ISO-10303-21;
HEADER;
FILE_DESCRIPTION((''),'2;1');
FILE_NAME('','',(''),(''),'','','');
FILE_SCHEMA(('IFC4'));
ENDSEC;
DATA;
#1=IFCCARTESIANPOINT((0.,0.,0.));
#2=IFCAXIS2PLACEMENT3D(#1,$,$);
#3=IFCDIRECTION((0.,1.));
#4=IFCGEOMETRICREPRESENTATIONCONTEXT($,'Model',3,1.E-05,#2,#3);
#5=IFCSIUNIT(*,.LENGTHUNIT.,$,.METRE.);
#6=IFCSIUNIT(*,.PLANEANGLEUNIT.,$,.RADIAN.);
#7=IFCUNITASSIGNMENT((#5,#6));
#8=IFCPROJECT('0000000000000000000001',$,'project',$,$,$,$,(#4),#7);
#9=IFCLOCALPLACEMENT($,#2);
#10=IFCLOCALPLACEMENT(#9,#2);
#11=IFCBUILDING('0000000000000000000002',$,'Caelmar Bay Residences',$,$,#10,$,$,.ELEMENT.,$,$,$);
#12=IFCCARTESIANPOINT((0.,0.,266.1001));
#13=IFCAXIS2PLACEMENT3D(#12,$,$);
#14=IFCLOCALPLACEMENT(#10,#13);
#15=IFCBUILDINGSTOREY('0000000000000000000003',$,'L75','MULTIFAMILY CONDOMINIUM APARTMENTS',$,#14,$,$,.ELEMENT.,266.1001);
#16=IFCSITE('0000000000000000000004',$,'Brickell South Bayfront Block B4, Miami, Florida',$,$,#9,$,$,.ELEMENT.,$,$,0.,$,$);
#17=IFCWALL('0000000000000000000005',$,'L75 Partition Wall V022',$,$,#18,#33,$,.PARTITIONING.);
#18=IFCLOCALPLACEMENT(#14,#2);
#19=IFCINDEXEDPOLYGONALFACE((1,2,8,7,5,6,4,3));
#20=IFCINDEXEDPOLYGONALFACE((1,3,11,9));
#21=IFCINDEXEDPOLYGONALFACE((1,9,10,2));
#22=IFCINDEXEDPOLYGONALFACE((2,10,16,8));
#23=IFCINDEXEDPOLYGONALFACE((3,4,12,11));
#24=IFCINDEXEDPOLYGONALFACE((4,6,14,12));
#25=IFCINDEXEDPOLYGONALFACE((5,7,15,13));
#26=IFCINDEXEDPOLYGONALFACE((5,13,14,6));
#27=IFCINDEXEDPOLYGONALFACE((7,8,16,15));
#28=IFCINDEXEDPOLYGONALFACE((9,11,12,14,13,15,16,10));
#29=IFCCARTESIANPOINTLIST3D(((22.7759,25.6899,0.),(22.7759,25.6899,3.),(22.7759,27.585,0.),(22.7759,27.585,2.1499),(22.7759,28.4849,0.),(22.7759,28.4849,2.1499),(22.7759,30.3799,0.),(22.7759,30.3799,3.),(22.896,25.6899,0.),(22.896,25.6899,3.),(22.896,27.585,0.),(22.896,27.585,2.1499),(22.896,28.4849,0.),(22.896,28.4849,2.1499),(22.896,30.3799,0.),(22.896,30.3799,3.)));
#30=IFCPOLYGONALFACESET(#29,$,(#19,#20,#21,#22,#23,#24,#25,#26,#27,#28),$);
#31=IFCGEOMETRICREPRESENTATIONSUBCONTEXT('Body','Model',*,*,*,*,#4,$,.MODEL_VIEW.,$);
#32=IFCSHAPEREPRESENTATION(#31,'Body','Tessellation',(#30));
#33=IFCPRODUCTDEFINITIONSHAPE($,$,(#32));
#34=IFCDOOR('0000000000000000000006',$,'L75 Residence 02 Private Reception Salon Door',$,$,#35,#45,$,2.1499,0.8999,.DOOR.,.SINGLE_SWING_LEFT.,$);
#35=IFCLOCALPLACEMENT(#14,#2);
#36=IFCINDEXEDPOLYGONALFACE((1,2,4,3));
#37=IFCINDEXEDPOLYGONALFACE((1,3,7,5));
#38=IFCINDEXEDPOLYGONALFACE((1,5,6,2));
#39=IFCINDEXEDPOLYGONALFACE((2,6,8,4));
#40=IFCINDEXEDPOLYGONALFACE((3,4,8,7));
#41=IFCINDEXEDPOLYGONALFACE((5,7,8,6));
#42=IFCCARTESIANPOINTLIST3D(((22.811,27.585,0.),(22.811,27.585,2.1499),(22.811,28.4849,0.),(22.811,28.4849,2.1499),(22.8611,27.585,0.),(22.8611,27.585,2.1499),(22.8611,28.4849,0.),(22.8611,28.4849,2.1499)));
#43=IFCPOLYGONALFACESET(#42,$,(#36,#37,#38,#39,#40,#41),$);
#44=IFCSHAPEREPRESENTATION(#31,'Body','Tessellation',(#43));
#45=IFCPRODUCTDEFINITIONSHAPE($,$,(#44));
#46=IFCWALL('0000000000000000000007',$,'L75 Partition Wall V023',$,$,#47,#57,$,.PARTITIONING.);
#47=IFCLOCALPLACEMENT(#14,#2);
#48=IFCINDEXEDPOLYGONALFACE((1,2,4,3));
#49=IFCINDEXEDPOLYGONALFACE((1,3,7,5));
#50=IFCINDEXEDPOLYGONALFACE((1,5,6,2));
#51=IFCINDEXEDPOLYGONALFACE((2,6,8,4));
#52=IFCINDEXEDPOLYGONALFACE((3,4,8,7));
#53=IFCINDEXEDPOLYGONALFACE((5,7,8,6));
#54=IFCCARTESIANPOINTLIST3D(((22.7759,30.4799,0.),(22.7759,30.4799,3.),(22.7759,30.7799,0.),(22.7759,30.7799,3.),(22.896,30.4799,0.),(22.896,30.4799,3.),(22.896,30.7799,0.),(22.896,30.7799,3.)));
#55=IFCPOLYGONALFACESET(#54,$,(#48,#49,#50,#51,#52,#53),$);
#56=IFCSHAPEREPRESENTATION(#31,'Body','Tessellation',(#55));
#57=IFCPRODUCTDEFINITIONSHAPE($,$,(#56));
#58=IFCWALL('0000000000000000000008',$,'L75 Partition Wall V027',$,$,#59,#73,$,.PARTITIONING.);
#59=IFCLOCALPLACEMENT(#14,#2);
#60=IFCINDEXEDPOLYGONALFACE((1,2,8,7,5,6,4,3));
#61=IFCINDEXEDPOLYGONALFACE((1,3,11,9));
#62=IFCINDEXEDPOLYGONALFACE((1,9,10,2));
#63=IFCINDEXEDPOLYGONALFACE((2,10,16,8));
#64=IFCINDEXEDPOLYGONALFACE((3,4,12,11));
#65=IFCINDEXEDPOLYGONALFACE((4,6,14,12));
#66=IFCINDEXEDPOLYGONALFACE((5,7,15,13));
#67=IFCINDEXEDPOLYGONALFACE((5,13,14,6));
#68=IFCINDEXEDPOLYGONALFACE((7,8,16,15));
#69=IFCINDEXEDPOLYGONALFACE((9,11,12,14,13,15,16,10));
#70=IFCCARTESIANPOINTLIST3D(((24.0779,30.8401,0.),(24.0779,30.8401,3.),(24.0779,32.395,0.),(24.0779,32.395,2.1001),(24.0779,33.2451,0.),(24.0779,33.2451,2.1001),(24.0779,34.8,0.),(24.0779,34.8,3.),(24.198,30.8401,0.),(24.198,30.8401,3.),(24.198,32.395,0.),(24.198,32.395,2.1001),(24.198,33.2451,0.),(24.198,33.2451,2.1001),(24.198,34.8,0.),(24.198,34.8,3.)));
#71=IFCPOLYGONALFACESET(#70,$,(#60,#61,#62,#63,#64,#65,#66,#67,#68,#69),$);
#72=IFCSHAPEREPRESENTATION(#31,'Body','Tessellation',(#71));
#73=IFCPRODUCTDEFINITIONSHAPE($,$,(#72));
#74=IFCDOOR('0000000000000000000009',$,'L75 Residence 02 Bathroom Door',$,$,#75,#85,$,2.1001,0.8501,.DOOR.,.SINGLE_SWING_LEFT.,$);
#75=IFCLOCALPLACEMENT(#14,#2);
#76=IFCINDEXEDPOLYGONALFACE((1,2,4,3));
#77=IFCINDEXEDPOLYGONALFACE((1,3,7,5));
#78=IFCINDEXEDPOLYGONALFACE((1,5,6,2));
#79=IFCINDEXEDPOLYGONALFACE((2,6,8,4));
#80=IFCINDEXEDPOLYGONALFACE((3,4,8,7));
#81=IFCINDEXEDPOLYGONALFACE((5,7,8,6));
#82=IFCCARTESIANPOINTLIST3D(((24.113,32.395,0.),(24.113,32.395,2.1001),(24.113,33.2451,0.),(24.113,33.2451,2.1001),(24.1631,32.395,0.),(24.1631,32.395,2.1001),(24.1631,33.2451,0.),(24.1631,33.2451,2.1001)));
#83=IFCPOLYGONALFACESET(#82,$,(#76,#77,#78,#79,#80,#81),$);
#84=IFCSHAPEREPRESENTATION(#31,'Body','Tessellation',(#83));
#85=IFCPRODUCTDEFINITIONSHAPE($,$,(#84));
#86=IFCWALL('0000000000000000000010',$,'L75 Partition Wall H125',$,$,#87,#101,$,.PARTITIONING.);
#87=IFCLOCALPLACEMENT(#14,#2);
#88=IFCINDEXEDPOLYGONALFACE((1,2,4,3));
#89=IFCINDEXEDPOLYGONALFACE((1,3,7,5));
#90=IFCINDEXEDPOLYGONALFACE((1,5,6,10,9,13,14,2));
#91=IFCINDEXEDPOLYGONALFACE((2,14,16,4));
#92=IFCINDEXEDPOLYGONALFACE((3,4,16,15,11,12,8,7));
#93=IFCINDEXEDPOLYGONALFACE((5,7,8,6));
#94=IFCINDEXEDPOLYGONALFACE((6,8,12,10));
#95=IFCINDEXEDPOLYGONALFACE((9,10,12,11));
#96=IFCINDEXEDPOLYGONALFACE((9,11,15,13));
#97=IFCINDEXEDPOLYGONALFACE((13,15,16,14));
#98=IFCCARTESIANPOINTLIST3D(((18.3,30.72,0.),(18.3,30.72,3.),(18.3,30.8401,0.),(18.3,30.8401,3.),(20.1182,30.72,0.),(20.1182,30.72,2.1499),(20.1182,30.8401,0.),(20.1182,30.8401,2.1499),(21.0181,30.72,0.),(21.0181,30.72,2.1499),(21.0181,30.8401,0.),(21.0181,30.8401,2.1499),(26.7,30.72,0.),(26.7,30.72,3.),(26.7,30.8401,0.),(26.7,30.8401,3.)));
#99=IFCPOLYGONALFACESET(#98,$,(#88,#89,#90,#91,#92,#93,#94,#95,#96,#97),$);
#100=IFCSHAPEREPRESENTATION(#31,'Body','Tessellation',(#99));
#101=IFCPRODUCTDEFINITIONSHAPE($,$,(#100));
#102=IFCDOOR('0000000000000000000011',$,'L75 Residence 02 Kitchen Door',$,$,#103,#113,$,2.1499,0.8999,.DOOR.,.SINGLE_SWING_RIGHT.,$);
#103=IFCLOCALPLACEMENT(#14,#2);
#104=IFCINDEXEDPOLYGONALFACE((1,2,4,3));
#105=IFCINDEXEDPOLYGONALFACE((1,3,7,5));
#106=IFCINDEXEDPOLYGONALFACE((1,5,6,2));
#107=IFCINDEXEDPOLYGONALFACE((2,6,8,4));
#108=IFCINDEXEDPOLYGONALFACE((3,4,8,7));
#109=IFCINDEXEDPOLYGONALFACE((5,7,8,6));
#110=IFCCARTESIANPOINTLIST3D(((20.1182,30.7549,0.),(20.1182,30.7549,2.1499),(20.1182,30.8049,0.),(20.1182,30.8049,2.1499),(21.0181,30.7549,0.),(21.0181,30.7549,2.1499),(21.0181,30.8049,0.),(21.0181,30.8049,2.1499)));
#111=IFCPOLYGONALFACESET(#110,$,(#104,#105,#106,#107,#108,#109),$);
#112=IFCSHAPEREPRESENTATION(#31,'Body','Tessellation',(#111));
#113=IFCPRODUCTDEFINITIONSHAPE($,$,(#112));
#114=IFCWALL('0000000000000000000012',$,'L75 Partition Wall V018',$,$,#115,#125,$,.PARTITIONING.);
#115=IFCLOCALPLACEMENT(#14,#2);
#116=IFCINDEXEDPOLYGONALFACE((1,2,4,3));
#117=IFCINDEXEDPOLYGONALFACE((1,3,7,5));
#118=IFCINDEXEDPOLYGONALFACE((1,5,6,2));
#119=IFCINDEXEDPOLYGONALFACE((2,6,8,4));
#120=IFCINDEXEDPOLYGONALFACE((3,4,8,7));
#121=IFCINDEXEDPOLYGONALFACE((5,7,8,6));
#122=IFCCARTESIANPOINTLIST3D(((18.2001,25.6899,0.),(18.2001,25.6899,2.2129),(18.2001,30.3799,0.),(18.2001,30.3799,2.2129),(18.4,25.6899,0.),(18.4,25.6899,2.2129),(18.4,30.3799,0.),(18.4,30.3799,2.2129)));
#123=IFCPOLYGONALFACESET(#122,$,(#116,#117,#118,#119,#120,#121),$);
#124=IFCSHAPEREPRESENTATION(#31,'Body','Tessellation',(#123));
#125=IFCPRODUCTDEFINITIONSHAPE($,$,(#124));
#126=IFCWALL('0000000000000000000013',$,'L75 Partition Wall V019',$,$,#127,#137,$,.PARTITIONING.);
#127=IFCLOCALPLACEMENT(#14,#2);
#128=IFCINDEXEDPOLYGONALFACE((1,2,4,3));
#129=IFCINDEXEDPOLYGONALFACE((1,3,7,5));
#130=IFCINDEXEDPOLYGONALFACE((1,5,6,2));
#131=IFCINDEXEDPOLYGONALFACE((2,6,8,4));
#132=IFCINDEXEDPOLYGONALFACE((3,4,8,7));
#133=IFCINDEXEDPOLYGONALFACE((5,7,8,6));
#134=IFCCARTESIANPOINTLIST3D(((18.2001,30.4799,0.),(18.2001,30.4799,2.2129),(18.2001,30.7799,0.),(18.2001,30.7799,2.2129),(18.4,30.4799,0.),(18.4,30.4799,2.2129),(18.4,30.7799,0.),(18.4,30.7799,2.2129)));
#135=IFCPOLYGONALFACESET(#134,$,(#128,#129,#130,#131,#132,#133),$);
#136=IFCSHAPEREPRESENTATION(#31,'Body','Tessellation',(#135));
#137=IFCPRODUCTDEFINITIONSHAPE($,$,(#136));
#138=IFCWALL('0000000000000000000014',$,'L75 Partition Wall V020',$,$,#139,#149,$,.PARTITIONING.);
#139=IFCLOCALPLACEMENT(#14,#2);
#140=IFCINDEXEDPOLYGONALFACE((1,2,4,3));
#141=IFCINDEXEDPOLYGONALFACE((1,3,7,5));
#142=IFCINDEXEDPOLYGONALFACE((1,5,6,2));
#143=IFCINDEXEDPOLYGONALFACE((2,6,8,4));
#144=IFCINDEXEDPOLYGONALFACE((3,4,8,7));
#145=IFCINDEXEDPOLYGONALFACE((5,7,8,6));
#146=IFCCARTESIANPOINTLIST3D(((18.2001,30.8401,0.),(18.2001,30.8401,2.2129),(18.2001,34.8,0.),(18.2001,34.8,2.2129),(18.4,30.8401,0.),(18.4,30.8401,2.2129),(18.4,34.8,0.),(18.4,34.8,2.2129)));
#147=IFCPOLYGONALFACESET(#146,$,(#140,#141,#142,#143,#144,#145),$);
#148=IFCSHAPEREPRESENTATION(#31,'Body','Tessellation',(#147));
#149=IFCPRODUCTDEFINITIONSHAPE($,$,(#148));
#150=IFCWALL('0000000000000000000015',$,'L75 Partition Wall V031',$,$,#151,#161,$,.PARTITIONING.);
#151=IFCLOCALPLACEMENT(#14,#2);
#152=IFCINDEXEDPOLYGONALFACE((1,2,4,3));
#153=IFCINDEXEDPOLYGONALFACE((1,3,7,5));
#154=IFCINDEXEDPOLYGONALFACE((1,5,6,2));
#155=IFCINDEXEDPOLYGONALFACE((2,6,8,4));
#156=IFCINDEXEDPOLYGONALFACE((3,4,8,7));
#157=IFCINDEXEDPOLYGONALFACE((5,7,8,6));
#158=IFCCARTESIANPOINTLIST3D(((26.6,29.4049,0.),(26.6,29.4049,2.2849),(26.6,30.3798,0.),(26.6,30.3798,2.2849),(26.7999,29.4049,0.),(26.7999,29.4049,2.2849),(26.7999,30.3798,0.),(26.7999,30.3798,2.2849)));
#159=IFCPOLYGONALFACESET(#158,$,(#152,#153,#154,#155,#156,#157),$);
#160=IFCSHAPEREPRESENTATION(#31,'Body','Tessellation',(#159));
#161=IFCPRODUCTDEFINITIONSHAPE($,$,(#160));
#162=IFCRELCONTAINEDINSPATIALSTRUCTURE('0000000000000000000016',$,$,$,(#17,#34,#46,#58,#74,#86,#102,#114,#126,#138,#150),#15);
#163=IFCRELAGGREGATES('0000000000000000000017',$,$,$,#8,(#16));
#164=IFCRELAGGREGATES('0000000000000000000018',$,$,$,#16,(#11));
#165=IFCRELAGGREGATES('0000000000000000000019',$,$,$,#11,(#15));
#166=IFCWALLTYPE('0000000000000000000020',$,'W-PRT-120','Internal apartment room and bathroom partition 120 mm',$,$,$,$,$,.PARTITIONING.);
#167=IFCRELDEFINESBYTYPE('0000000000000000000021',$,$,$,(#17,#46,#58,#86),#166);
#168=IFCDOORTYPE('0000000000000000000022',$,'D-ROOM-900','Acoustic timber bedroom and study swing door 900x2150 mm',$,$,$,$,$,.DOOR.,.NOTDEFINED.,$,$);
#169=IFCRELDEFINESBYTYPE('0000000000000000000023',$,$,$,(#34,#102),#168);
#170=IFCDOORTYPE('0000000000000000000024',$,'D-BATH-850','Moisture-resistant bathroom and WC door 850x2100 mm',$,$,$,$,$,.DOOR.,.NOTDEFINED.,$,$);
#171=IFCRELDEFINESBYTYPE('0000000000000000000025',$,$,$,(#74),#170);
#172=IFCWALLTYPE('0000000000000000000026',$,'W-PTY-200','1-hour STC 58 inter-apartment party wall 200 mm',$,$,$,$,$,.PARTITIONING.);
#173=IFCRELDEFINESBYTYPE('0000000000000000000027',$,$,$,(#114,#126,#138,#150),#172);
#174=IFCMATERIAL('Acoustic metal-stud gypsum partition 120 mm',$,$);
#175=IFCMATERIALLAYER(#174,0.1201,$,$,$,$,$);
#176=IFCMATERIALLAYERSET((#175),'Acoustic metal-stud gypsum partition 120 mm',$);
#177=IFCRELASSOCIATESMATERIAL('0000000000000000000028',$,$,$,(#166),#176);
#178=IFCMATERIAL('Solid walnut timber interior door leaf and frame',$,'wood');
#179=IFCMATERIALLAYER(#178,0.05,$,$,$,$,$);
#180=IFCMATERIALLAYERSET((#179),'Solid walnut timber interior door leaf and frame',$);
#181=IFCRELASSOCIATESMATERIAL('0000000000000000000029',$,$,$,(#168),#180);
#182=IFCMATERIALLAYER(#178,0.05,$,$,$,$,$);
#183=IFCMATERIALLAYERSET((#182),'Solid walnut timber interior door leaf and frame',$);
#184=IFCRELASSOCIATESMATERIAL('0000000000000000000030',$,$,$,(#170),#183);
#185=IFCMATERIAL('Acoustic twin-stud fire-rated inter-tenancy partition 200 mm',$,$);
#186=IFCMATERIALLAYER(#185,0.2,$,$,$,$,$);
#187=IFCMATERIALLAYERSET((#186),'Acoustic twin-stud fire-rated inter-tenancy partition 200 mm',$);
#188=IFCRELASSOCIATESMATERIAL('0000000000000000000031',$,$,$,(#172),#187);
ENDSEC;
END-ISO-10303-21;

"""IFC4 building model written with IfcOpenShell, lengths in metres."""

from ifc_helpers import new_model, si_unit, direction, frame, frame_2d, origin, place, context, subcontext, project, spatial, rectangle, extrude, material, layer, layer_set, type_object, element, fill, save


model = new_model("IFC4")

# Units and contexts
model_context = context("Model", 3, precision=1e-05, world=origin(), true_north=direction((0.0, 1.0)))
body_context = subcontext(model_context, "Body", "Model", "MODEL_VIEW")
ifc_project = project(units=[si_unit("LENGTHUNIT", "METRE"), si_unit("PLANEANGLEUNIT", "RADIAN")], contexts=[model_context])

# Site, building, storey
site_placement = place(None, origin())
site = spatial("IfcSite", under=ifc_project, at=site_placement, Name="Brickell South Bayfront Block B4, Miami, Florida", CompositionType="ELEMENT", RefElevation=0.0)
building_placement = place(site_placement, origin())
building = spatial("IfcBuilding", under=site, at=building_placement, Name="Caelmar Bay Residences", CompositionType="ELEMENT")
storey_placement = place(building_placement, frame((0.0, 0.0, 266.1001)))
storey = spatial("IfcBuildingStorey", under=building, at=storey_placement, Name="L75", Description="MULTIFAMILY CONDOMINIUM APARTMENTS", CompositionType="ELEMENT", Elevation=266.1001)

# Wall, opening, door
ifc_material_1 = material(Name="Acoustic metal-stud gypsum partition 120 mm")
ifc_layer_1 = layer(ifc_material_1, 0.1201)
ifc_layer_set_1 = layer_set([ifc_layer_1], Name="Acoustic metal-stud gypsum partition 120 mm")
wall_type_1 = type_object("IfcWallType", Name="W-PRT-120", Description="Internal apartment room and bathroom partition 120 mm", PredefinedType="PARTITIONING", material=ifc_layer_set_1)
wall_1_placement = place(storey_placement, frame((22.8359, 25.6899, 0.0), z_axis=(0.0, 0.0, 1.0), x_axis=(0.0, 1.0, 0.0)))
wall_1 = element("IfcWall", 1, at=wall_1_placement, inside=storey, type_object=wall_type_1, Name="L75 Partition Wall V022", PredefinedType="PARTITIONING", context=body_context, shape_type="SweptSolid", body=[
    extrude(rectangle(XDim=4.6899, YDim=0.1201, at=frame_2d((2.345, 0.0))), origin(), (0.0, 0.0, 1.0), 3.0),
])
opening_1_placement = place(wall_1_placement, frame((1.895, 0.0, 0.0)))
opening_1 = element("IfcOpeningElement", 2, at=opening_1_placement, cuts=wall_1, PredefinedType="OPENING", context=body_context, shape_type="SweptSolid", body=[
    extrude(rectangle(XDim=0.8999, YDim=2.1499, at=frame_2d((0.45, 1.075))), frame((0.0, 0.0701, 0.0), z_axis=(0.0, -1.0, 0.0), x_axis=(1.0, 0.0, 0.0)), (0.0, 0.0, 1.0), 0.1401),
])
ifc_material_2 = material(Name="Solid walnut timber interior door leaf and frame", Category="wood")
ifc_layer_2 = layer(ifc_material_2, 0.05)
ifc_layer_set_2 = layer_set([ifc_layer_2], Name="Solid walnut timber interior door leaf and frame")
door_type_1 = type_object("IfcDoorType", Name="D-ROOM-900", Description="Acoustic timber bedroom and study swing door 900x2150 mm", OperationType="NOTDEFINED", PredefinedType="DOOR", material=ifc_layer_set_2)
door_1_placement = place(opening_1_placement, origin())
door_1 = element("IfcDoor", 3, at=door_1_placement, inside=storey, type_object=door_type_1, Name="L75 Residence 02 Private Reception Salon Door", OperationType="SINGLE_SWING_LEFT", OverallHeight=2.1499, OverallWidth=0.8999, PredefinedType="DOOR", context=body_context, shape_type="SweptSolid", body=[
    extrude(rectangle(XDim=0.8999, YDim=2.1499, at=frame_2d((0.45, 1.075))), frame((0.0, 0.0249, 0.0), z_axis=(0.0, -1.0, 0.0), x_axis=(1.0, 0.0, 0.0)), (0.0, 0.0, 1.0), 0.05),
])
fill(opening_1, door_1)

# Wall
wall_2_placement = place(storey_placement, frame((22.8359, 30.48, 0.0), z_axis=(0.0, 0.0, 1.0), x_axis=(0.0, 1.0, 0.0)))
element("IfcWall", 4, at=wall_2_placement, inside=storey, type_object=wall_type_1, Name="L75 Partition Wall V023", PredefinedType="PARTITIONING", context=body_context, shape_type="SweptSolid", body=[
    extrude(rectangle(XDim=0.3, YDim=0.1201, at=frame_2d((0.1499, 0.0))), origin(), (0.0, 0.0, 1.0), 3.0),
])

# Walls, openings, doors
wall_3_placement = place(storey_placement, frame((24.1379, 30.8401, 0.0), z_axis=(0.0, 0.0, 1.0), x_axis=(0.0, 1.0, 0.0)))
wall_3 = element("IfcWall", 5, at=wall_3_placement, inside=storey, type_object=wall_type_1, Name="L75 Partition Wall V027", PredefinedType="PARTITIONING", context=body_context, shape_type="SweptSolid", body=[
    extrude(rectangle(XDim=3.96, YDim=0.1201, at=frame_2d((1.98, 0.0))), origin(), (0.0, 0.0, 1.0), 3.0),
])
opening_2_placement = place(wall_3_placement, frame((1.5549, 0.0, 0.0)))
opening_2 = element("IfcOpeningElement", 6, at=opening_2_placement, cuts=wall_3, PredefinedType="OPENING", context=body_context, shape_type="SweptSolid", body=[
    extrude(rectangle(XDim=0.8501, YDim=2.1001, at=frame_2d((0.425, 1.05))), frame((0.0, 0.0701, 0.0), z_axis=(0.0, -1.0, 0.0), x_axis=(1.0, 0.0, 0.0)), (0.0, 0.0, 1.0), 0.1401),
])
ifc_layer_3 = layer(ifc_material_2, 0.05)
ifc_layer_set_3 = layer_set([ifc_layer_3], Name="Solid walnut timber interior door leaf and frame")
door_type_2 = type_object("IfcDoorType", Name="D-BATH-850", Description="Moisture-resistant bathroom and WC door 850x2100 mm", OperationType="NOTDEFINED", PredefinedType="DOOR", material=ifc_layer_set_3)
door_2_placement = place(opening_2_placement, origin())
door_2 = element("IfcDoor", 7, at=door_2_placement, inside=storey, type_object=door_type_2, Name="L75 Residence 02 Bathroom Door", OperationType="SINGLE_SWING_LEFT", OverallHeight=2.1001, OverallWidth=0.8501, PredefinedType="DOOR", context=body_context, shape_type="SweptSolid", body=[
    extrude(rectangle(XDim=0.8501, YDim=2.1001, at=frame_2d((0.425, 1.05))), frame((0.0, 0.0249, 0.0), z_axis=(0.0, -1.0, 0.0), x_axis=(1.0, 0.0, 0.0)), (0.0, 0.0, 1.0), 0.05),
])
fill(opening_2, door_2)
wall_4_placement = place(storey_placement, frame((18.3, 30.78, 0.0), z_axis=(0.0, 0.0, 1.0), x_axis=(1.0, 0.0, 0.0)))
wall_4 = element("IfcWall", 8, at=wall_4_placement, inside=storey, type_object=wall_type_1, Name="L75 Partition Wall H125", PredefinedType="PARTITIONING", context=body_context, shape_type="SweptSolid", body=[
    extrude(rectangle(XDim=8.3999, YDim=0.1201, at=frame_2d((4.2, 0.0))), origin(), (0.0, 0.0, 1.0), 3.0),
])
opening_3_placement = place(wall_4_placement, frame((1.8181, 0.0, 0.0)))
opening_3 = element("IfcOpeningElement", 9, at=opening_3_placement, cuts=wall_4, PredefinedType="OPENING", context=body_context, shape_type="SweptSolid", body=[
    extrude(rectangle(XDim=0.8999, YDim=2.1499, at=frame_2d((0.45, 1.075))), frame((0.0, 0.0701, 0.0), z_axis=(0.0, -1.0, 0.0), x_axis=(1.0, 0.0, 0.0)), (0.0, 0.0, 1.0), 0.1401),
])
door_3_placement = place(opening_3_placement, origin())
door_3 = element("IfcDoor", 10, at=door_3_placement, inside=storey, type_object=door_type_1, Name="L75 Residence 02 Kitchen Door", OperationType="SINGLE_SWING_RIGHT", OverallHeight=2.1499, OverallWidth=0.8999, PredefinedType="DOOR", context=body_context, shape_type="SweptSolid", body=[
    extrude(rectangle(XDim=0.8999, YDim=2.1499, at=frame_2d((0.45, 1.075))), frame((0.0, 0.0249, 0.0), z_axis=(0.0, -1.0, 0.0), x_axis=(1.0, 0.0, 0.0)), (0.0, 0.0, 1.0), 0.05),
])
fill(opening_3, door_3)

# Walls
ifc_material_3 = material(Name="Acoustic twin-stud fire-rated inter-tenancy partition 200 mm")
ifc_layer_4 = layer(ifc_material_3, 0.2)
ifc_layer_set_4 = layer_set([ifc_layer_4], Name="Acoustic twin-stud fire-rated inter-tenancy partition 200 mm")
wall_type_2 = type_object("IfcWallType", Name="W-PTY-200", Description="1-hour STC 58 inter-apartment party wall 200 mm", PredefinedType="PARTITIONING", material=ifc_layer_set_4)
wall_5_placement = place(storey_placement, frame((18.3, 25.6899, 0.0), z_axis=(0.0, 0.0, 1.0), x_axis=(0.0, 1.0, 0.0)))
element("IfcWall", 11, at=wall_5_placement, inside=storey, type_object=wall_type_2, Name="L75 Partition Wall V018", PredefinedType="PARTITIONING", context=body_context, shape_type="SweptSolid", body=[
    extrude(rectangle(XDim=4.6899, YDim=0.2, at=frame_2d((2.345, 0.0))), origin(), (0.0, 0.0, 1.0), 2.2129),
])
wall_6_placement = place(storey_placement, frame((18.3, 30.48, 0.0), z_axis=(0.0, 0.0, 1.0), x_axis=(0.0, 1.0, 0.0)))
element("IfcWall", 12, at=wall_6_placement, inside=storey, type_object=wall_type_2, Name="L75 Partition Wall V019", PredefinedType="PARTITIONING", context=body_context, shape_type="SweptSolid", body=[
    extrude(rectangle(XDim=0.3, YDim=0.2, at=frame_2d((0.1499, 0.0))), origin(), (0.0, 0.0, 1.0), 2.2129),
])
wall_7_placement = place(storey_placement, frame((18.3, 30.8401, 0.0), z_axis=(0.0, 0.0, 1.0), x_axis=(0.0, 1.0, 0.0)))
element("IfcWall", 13, at=wall_7_placement, inside=storey, type_object=wall_type_2, Name="L75 Partition Wall V020", PredefinedType="PARTITIONING", context=body_context, shape_type="SweptSolid", body=[
    extrude(rectangle(XDim=3.96, YDim=0.2, at=frame_2d((1.98, 0.0))), origin(), (0.0, 0.0, 1.0), 2.2129),
])
wall_8_placement = place(storey_placement, frame((26.7, 29.405, 0.0), z_axis=(0.0, 0.0, 1.0), x_axis=(0.0, 1.0, 0.0)))
element("IfcWall", 14, at=wall_8_placement, inside=storey, type_object=wall_type_2, Name="L75 Partition Wall V031", PredefinedType="PARTITIONING", context=body_context, shape_type="SweptSolid", body=[
    extrude(rectangle(XDim=0.9749, YDim=0.2, at=frame_2d((0.4873, 0.0))), origin(), (0.0, 0.0, 1.0), 2.2849),
])

save(model, "model.ifc")
